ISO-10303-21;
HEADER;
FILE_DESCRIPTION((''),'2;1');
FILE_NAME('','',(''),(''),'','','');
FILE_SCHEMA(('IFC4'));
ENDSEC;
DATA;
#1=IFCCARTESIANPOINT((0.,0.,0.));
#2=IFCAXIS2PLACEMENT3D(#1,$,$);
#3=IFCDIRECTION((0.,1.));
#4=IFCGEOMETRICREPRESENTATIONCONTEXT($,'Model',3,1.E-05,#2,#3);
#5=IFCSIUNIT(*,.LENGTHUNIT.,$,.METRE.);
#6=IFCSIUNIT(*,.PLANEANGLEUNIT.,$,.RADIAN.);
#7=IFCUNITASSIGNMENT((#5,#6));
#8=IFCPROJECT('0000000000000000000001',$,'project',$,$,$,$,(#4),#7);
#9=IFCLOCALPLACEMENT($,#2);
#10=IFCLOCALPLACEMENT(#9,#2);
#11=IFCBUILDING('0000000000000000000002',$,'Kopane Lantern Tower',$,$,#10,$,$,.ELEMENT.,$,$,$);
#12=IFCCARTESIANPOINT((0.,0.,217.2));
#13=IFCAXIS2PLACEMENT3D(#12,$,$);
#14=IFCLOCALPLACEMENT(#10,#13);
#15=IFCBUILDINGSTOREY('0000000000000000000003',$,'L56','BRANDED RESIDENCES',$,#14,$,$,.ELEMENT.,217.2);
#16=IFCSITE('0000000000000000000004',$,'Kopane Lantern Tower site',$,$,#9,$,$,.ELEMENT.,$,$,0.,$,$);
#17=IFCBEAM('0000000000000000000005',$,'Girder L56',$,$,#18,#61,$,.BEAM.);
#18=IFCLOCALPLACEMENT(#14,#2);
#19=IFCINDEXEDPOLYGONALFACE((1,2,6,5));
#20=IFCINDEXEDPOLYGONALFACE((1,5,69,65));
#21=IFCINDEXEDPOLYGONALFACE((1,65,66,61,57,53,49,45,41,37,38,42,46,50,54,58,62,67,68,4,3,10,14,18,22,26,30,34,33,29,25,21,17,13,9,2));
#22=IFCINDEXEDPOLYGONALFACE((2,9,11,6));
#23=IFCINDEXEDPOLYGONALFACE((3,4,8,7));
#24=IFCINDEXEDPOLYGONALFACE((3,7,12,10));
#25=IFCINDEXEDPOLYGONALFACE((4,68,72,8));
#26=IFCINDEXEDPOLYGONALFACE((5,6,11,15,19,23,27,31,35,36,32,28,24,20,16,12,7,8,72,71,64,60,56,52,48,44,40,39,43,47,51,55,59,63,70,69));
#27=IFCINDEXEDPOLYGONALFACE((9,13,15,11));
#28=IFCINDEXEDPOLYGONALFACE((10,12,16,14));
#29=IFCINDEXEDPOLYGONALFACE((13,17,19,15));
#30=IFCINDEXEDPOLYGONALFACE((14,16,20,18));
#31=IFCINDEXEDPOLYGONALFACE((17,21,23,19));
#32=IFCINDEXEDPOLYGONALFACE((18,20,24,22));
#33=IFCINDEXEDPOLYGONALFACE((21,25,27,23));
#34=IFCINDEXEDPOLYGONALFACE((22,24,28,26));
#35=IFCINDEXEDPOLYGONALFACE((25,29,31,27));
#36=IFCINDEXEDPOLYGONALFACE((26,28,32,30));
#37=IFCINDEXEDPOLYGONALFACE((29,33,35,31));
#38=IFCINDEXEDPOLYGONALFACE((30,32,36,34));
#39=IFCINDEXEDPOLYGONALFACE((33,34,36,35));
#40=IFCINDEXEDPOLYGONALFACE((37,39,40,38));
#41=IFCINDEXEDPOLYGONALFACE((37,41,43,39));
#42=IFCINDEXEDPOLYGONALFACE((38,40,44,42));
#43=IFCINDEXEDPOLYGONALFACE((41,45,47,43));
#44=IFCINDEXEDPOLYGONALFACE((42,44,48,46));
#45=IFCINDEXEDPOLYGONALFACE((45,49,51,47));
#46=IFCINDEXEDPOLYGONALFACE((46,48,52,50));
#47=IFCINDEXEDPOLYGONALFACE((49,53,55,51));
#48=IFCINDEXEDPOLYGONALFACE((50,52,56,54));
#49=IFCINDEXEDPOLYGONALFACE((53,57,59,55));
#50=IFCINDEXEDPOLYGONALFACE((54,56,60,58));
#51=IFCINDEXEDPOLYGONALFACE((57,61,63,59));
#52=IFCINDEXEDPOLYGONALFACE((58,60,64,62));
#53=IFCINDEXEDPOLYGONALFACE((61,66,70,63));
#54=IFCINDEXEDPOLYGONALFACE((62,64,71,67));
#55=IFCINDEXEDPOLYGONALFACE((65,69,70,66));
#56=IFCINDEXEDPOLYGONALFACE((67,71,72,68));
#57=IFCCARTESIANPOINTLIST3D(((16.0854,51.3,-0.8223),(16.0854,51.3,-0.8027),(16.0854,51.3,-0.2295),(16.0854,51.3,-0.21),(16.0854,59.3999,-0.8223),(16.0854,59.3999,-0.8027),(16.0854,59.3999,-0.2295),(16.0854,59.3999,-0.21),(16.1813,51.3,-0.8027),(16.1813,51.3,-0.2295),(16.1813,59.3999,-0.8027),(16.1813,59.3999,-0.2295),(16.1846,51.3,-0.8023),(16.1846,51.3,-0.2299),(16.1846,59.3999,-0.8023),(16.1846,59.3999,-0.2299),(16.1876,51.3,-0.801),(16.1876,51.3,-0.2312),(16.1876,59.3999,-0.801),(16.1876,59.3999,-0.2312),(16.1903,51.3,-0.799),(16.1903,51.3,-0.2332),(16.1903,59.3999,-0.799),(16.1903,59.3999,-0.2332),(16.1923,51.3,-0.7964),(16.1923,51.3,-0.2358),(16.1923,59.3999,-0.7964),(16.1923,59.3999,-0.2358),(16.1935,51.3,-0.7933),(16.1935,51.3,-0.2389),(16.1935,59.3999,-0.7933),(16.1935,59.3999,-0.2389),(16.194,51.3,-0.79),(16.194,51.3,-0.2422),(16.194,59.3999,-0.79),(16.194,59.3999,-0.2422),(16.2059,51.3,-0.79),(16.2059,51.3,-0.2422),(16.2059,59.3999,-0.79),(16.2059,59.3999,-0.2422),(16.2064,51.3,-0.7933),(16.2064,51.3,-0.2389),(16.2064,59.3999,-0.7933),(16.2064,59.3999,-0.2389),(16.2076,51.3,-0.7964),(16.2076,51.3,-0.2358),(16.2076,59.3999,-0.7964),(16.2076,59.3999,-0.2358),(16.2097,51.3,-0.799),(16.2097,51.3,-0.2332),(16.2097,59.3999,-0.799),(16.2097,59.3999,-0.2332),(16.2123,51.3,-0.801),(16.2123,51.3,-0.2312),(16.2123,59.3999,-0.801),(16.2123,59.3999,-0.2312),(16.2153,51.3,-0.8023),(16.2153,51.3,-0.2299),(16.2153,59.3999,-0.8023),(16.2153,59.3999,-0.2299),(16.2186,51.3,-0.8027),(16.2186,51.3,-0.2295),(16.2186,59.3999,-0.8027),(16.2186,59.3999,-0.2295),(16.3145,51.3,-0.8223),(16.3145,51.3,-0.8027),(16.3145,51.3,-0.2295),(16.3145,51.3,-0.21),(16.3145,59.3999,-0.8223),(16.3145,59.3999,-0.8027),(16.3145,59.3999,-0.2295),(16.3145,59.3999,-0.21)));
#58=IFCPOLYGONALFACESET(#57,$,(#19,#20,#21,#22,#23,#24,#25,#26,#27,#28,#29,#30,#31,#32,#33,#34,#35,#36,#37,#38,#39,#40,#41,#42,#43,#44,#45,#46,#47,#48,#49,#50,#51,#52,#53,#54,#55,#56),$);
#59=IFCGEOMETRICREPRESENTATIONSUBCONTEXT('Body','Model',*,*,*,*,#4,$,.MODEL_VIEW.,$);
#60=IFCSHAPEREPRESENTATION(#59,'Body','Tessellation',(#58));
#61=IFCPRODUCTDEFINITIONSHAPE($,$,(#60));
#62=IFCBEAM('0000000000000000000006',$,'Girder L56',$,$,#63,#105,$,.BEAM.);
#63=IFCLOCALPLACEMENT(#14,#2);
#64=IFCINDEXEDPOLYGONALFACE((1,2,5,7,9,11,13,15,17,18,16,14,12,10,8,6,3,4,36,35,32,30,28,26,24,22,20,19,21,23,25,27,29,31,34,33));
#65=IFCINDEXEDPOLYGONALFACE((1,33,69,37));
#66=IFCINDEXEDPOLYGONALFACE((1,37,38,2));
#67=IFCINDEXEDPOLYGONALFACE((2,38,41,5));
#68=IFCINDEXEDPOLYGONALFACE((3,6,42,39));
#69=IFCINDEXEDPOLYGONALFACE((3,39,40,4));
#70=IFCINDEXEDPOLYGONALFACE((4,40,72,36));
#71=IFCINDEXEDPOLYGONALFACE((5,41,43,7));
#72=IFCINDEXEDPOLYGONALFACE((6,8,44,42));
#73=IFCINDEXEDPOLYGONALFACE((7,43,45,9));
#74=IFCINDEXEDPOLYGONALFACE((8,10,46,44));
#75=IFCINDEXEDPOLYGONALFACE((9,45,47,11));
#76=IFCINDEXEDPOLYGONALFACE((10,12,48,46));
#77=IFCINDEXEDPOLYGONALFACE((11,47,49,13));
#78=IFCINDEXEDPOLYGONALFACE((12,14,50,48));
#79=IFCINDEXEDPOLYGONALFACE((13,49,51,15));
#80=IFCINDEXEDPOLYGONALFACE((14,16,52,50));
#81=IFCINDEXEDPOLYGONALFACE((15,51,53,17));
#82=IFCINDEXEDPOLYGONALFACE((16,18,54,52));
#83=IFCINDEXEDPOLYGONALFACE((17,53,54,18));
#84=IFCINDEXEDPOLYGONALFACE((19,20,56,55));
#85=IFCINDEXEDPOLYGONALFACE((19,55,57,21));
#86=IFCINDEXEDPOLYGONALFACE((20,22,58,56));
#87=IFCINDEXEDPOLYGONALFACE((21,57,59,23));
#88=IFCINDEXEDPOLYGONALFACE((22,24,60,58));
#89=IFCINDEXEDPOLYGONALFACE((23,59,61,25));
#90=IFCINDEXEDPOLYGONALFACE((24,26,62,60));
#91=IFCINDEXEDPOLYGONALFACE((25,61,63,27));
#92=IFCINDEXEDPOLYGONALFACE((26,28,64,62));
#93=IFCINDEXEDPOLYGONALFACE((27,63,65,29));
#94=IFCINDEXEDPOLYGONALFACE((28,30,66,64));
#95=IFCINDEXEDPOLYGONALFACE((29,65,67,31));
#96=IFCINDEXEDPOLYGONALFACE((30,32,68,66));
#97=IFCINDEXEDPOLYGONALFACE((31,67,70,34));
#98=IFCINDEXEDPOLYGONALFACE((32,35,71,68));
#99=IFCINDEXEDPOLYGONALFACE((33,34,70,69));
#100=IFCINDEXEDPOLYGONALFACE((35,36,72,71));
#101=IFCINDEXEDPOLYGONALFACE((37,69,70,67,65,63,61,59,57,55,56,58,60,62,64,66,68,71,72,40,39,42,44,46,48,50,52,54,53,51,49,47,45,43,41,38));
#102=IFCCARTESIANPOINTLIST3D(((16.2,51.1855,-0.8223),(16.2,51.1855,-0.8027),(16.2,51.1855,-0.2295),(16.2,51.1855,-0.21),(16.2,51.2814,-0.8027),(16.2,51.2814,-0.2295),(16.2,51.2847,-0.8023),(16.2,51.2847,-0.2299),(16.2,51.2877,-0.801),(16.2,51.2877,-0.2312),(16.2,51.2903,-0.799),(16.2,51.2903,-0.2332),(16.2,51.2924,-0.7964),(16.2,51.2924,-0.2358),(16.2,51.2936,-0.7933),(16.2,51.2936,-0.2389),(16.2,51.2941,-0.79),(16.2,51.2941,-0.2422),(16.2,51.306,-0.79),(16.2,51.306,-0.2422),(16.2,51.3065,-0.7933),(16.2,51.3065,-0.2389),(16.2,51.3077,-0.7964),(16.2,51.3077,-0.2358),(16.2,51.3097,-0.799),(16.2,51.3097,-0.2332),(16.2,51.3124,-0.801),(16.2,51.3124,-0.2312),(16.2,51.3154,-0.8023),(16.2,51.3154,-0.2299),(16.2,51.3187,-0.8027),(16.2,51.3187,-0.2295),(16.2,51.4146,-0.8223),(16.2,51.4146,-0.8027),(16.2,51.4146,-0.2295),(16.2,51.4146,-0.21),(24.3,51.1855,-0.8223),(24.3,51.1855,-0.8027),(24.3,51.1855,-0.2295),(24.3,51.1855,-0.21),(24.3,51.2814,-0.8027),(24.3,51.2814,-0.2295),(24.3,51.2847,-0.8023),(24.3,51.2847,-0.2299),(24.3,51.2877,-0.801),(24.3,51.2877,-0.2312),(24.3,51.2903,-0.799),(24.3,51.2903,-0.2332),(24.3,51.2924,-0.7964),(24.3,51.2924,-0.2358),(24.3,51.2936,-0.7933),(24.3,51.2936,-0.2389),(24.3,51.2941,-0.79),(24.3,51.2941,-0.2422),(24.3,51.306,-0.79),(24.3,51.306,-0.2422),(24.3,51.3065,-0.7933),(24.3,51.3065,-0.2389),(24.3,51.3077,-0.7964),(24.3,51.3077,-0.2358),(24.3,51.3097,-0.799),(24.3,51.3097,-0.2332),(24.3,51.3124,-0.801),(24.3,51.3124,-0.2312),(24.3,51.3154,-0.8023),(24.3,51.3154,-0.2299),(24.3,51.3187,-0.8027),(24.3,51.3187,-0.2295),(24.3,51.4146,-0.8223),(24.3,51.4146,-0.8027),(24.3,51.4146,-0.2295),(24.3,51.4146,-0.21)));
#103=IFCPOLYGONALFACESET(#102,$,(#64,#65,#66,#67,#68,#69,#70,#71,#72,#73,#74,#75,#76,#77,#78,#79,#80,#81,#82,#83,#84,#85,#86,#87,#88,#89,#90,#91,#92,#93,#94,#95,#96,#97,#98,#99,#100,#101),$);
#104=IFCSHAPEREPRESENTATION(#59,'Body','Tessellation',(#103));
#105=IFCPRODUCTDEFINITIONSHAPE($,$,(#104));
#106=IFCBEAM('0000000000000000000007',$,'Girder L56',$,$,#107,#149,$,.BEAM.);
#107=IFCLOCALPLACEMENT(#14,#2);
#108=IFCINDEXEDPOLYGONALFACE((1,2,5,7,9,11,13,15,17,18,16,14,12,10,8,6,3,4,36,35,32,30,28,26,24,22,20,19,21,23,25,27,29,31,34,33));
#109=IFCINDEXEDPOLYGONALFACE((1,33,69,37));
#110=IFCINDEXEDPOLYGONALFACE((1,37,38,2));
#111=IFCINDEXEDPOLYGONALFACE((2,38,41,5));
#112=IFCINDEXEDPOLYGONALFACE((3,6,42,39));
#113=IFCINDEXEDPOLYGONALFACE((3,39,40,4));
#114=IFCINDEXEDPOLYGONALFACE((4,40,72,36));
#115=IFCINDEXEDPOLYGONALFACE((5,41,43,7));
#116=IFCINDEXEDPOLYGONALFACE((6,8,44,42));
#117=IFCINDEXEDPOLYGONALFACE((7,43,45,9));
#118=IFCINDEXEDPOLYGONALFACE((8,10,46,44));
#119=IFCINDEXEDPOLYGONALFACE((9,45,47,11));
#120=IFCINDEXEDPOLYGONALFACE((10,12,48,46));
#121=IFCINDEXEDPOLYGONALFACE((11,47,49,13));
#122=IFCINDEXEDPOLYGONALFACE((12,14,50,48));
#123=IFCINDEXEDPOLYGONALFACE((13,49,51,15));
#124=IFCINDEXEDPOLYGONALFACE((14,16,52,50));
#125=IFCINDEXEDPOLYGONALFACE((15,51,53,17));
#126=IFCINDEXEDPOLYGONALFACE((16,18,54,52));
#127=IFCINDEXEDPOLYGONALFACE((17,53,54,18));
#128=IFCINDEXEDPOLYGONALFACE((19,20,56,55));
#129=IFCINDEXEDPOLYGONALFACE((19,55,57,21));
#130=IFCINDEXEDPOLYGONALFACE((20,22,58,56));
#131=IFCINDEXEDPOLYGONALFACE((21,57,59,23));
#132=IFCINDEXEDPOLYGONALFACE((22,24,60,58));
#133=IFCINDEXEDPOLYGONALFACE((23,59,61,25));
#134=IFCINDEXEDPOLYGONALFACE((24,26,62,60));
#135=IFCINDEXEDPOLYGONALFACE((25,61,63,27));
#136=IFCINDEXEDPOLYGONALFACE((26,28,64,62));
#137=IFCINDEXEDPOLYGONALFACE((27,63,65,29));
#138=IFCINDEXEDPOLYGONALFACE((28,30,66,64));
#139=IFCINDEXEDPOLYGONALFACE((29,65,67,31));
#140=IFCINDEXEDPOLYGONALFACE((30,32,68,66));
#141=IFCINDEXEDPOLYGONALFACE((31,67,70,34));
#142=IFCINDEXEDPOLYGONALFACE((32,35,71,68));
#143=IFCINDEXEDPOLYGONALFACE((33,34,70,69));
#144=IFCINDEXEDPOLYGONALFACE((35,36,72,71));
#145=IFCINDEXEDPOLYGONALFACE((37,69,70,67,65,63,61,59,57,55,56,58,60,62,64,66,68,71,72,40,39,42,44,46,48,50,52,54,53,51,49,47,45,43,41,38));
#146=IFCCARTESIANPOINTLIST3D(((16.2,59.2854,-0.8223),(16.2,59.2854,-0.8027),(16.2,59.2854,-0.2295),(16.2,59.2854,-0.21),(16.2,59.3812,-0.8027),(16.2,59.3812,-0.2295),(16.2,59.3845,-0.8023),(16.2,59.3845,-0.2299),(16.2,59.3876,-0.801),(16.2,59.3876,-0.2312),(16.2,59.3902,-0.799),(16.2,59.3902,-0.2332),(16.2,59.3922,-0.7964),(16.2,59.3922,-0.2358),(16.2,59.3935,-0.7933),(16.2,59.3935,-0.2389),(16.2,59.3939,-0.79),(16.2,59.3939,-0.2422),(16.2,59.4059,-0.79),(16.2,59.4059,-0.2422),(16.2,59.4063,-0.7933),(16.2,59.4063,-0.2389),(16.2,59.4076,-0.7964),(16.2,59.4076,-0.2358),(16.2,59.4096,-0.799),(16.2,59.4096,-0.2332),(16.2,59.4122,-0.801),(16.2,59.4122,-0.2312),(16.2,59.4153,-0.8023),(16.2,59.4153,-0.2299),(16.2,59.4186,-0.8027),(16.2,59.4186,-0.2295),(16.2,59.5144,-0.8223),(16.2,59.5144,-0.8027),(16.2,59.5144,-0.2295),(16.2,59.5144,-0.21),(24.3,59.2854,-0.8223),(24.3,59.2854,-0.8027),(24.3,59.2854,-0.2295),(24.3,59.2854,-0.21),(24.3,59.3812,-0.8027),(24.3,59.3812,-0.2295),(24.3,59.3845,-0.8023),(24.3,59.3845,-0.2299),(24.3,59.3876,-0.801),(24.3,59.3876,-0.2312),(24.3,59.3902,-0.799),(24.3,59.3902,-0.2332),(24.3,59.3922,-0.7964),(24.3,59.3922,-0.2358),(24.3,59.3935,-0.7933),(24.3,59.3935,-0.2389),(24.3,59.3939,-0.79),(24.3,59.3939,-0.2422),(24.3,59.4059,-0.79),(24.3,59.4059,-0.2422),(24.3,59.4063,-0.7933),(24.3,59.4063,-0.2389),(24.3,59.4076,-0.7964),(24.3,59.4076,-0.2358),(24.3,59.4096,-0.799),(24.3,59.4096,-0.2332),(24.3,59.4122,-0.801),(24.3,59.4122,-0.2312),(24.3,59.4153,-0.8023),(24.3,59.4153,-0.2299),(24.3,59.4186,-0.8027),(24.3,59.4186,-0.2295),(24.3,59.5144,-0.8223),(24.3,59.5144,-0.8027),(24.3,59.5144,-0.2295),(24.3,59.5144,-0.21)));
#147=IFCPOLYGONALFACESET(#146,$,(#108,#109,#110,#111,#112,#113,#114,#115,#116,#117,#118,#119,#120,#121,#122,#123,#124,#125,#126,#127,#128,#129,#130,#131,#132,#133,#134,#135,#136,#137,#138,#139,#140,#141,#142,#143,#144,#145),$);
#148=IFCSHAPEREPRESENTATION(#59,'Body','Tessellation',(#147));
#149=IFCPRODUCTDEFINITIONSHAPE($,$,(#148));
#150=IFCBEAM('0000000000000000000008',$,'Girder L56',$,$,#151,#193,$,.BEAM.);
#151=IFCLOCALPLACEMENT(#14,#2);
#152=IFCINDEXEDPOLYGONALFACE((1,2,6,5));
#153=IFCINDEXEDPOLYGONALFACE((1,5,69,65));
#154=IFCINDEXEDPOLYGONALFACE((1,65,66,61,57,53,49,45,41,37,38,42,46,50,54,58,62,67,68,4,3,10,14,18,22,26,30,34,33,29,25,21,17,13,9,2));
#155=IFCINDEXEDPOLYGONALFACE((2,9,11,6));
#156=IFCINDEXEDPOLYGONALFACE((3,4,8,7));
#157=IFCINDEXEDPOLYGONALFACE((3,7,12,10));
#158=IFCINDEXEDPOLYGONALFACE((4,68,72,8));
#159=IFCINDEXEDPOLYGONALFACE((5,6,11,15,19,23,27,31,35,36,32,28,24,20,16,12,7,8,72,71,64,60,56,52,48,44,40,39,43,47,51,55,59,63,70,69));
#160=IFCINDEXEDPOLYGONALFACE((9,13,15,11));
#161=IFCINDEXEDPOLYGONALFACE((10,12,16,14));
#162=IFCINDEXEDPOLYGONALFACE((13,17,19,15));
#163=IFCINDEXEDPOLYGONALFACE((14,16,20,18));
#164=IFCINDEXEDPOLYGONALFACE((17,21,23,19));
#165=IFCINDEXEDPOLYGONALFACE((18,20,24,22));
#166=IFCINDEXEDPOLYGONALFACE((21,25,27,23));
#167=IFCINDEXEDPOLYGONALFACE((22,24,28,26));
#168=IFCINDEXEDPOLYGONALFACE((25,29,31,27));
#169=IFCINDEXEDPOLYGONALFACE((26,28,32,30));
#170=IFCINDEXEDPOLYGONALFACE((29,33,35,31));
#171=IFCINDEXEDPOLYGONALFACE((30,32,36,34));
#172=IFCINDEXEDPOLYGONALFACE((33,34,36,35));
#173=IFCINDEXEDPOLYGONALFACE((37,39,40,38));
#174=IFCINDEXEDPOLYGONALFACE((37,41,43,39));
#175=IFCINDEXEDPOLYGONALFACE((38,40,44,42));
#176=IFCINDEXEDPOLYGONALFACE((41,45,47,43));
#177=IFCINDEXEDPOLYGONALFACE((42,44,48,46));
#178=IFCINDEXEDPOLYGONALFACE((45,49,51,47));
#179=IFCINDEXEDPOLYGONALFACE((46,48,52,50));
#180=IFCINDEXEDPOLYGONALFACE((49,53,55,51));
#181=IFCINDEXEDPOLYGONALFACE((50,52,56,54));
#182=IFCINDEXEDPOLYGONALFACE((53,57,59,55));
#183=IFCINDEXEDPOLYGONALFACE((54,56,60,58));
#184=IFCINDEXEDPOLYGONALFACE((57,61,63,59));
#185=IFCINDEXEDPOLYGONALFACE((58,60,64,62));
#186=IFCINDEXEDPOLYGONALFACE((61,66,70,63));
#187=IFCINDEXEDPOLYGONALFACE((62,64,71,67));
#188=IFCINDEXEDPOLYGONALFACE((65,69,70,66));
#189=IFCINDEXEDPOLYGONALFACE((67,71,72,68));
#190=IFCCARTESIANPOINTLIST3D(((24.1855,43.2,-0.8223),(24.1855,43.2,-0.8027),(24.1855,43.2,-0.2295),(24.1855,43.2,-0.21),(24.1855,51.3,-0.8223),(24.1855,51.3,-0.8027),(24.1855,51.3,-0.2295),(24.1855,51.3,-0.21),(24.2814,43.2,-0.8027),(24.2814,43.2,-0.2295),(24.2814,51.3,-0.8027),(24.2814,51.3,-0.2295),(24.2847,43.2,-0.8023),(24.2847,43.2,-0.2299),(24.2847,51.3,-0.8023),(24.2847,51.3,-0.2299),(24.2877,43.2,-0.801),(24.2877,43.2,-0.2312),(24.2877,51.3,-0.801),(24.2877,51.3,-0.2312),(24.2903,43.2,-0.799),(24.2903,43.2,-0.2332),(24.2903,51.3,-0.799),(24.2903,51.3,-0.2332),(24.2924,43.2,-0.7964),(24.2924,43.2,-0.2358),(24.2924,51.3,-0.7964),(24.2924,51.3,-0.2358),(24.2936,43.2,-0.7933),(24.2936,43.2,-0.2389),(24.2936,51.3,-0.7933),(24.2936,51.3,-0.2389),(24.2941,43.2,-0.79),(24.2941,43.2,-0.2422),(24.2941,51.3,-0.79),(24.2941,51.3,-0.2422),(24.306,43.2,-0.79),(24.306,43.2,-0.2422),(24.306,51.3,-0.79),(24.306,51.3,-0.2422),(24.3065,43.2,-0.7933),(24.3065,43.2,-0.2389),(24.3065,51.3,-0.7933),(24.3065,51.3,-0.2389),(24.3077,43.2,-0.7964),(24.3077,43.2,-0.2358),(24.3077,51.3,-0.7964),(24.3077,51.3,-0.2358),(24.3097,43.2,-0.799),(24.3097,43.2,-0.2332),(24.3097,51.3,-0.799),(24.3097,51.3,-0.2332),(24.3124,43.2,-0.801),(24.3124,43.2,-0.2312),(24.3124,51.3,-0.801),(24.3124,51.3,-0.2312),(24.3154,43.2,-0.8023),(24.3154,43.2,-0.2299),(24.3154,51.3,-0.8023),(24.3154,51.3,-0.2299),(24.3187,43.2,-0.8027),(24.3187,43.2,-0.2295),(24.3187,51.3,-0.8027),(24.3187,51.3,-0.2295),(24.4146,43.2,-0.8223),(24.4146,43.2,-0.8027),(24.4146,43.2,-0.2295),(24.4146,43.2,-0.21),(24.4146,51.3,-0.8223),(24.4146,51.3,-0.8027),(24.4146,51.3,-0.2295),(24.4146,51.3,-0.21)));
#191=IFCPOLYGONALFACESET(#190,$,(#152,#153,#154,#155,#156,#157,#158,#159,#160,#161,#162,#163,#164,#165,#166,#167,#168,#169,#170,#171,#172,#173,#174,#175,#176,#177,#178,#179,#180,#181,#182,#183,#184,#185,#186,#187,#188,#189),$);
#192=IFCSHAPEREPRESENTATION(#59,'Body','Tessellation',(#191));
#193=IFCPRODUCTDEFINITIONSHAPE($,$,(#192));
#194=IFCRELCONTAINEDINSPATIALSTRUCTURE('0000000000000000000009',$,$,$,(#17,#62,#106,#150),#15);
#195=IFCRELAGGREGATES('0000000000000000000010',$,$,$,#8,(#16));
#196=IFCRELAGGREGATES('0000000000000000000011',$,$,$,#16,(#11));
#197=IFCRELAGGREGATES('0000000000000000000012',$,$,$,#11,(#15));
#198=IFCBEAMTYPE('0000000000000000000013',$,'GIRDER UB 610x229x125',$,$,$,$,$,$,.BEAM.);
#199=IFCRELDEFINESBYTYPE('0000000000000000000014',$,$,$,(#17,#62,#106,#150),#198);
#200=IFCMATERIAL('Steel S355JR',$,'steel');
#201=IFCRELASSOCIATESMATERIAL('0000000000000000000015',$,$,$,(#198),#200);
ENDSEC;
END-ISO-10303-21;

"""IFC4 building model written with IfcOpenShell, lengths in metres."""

from ifc_helpers import new_model, si_unit, direction, frame, origin, origin_2d, place, context, subcontext, project, spatial, i_section, extrude, material, material_profile, profile_set, type_object, element, save


model = new_model("IFC4")

# Units and contexts
model_context = context("Model", 3, precision=1e-05, world=origin(), true_north=direction((0.0, 1.0)))
body_context = subcontext(model_context, "Body", "Model", "MODEL_VIEW")
ifc_project = project(units=[si_unit("LENGTHUNIT", "METRE"), si_unit("PLANEANGLEUNIT", "RADIAN")], contexts=[model_context])

# Site, building, storey
site_placement = place(None, origin())
site = spatial("IfcSite", under=ifc_project, at=site_placement, Name="Kopane Lantern Tower site", CompositionType="ELEMENT", RefElevation=0.0)
building_placement = place(site_placement, origin())
building = spatial("IfcBuilding", under=site, at=building_placement, Name="Kopane Lantern Tower", CompositionType="ELEMENT")
storey_placement = place(building_placement, frame((0.0, 0.0, 217.2)))
storey = spatial("IfcBuildingStorey", under=building, at=storey_placement, Name="L56", Description="BRANDED RESIDENCES", CompositionType="ELEMENT", Elevation=217.2)

# Beams
ifc_material_1 = material(Name="Steel S355JR", Category="steel")
ifc_material_profile_1 = material_profile(ifc_material_1, i_section(OverallWidth=0.229, OverallDepth=0.6123, WebThickness=0.012, FlangeThickness=0.0195, FilletRadius=0.0127, at=origin_2d()), Name="UB 610x229x125")
ifc_profile_set_1 = profile_set([ifc_material_profile_1], Name="Steel S355JR")
beam_type = type_object("IfcBeamType", Name="GIRDER UB 610x229x125", PredefinedType="BEAM", material=ifc_profile_set_1)
beam_placement = place(storey_placement, frame((16.2, 51.3, -0.5161), z_axis=(0.0, 1.0, 0.0), x_axis=(-1.0, 0.0, 0.0)))
element("IfcBeam", 1, at=beam_placement, inside=storey, type_object=beam_type, Name="Girder L56", PredefinedType="BEAM", context=body_context, shape_type="SweptSolid", body=[
    extrude(i_section(OverallWidth=0.229, OverallDepth=0.6123, WebThickness=0.012, FlangeThickness=0.0195, FilletRadius=0.0127, at=origin_2d()), origin(), (0.0, 0.0, 1.0), 8.0999),
])
for number, where, z_axis, x_axis, name in (
    (2, (16.2, 51.3, -0.5161), (1.0, 0.0, 0.0), (0.0, 1.0, 0.0), "Girder L56"),
    (3, (16.2, 59.3999, -0.5161), (1.0, 0.0, 0.0), (0.0, 1.0, 0.0), "Girder L56"),
    (4, (24.3, 43.2, -0.5161), (0.0, 1.0, 0.0), (-1.0, 0.0, 0.0), "Girder L56"),
):
    element("IfcBeam", number, at=place(storey_placement, frame(where, z_axis=z_axis, x_axis=x_axis)), inside=storey, type_object=beam_type, Name=name, PredefinedType="BEAM", context=body_context, shape_type="SweptSolid", body=[
        extrude(i_section(OverallWidth=0.229, OverallDepth=0.6123, WebThickness=0.012, FlangeThickness=0.0195, FilletRadius=0.0127, at=origin_2d()), origin(), (0.0, 0.0, 1.0), 8.1001),
    ])

save(model, "model.ifc")
